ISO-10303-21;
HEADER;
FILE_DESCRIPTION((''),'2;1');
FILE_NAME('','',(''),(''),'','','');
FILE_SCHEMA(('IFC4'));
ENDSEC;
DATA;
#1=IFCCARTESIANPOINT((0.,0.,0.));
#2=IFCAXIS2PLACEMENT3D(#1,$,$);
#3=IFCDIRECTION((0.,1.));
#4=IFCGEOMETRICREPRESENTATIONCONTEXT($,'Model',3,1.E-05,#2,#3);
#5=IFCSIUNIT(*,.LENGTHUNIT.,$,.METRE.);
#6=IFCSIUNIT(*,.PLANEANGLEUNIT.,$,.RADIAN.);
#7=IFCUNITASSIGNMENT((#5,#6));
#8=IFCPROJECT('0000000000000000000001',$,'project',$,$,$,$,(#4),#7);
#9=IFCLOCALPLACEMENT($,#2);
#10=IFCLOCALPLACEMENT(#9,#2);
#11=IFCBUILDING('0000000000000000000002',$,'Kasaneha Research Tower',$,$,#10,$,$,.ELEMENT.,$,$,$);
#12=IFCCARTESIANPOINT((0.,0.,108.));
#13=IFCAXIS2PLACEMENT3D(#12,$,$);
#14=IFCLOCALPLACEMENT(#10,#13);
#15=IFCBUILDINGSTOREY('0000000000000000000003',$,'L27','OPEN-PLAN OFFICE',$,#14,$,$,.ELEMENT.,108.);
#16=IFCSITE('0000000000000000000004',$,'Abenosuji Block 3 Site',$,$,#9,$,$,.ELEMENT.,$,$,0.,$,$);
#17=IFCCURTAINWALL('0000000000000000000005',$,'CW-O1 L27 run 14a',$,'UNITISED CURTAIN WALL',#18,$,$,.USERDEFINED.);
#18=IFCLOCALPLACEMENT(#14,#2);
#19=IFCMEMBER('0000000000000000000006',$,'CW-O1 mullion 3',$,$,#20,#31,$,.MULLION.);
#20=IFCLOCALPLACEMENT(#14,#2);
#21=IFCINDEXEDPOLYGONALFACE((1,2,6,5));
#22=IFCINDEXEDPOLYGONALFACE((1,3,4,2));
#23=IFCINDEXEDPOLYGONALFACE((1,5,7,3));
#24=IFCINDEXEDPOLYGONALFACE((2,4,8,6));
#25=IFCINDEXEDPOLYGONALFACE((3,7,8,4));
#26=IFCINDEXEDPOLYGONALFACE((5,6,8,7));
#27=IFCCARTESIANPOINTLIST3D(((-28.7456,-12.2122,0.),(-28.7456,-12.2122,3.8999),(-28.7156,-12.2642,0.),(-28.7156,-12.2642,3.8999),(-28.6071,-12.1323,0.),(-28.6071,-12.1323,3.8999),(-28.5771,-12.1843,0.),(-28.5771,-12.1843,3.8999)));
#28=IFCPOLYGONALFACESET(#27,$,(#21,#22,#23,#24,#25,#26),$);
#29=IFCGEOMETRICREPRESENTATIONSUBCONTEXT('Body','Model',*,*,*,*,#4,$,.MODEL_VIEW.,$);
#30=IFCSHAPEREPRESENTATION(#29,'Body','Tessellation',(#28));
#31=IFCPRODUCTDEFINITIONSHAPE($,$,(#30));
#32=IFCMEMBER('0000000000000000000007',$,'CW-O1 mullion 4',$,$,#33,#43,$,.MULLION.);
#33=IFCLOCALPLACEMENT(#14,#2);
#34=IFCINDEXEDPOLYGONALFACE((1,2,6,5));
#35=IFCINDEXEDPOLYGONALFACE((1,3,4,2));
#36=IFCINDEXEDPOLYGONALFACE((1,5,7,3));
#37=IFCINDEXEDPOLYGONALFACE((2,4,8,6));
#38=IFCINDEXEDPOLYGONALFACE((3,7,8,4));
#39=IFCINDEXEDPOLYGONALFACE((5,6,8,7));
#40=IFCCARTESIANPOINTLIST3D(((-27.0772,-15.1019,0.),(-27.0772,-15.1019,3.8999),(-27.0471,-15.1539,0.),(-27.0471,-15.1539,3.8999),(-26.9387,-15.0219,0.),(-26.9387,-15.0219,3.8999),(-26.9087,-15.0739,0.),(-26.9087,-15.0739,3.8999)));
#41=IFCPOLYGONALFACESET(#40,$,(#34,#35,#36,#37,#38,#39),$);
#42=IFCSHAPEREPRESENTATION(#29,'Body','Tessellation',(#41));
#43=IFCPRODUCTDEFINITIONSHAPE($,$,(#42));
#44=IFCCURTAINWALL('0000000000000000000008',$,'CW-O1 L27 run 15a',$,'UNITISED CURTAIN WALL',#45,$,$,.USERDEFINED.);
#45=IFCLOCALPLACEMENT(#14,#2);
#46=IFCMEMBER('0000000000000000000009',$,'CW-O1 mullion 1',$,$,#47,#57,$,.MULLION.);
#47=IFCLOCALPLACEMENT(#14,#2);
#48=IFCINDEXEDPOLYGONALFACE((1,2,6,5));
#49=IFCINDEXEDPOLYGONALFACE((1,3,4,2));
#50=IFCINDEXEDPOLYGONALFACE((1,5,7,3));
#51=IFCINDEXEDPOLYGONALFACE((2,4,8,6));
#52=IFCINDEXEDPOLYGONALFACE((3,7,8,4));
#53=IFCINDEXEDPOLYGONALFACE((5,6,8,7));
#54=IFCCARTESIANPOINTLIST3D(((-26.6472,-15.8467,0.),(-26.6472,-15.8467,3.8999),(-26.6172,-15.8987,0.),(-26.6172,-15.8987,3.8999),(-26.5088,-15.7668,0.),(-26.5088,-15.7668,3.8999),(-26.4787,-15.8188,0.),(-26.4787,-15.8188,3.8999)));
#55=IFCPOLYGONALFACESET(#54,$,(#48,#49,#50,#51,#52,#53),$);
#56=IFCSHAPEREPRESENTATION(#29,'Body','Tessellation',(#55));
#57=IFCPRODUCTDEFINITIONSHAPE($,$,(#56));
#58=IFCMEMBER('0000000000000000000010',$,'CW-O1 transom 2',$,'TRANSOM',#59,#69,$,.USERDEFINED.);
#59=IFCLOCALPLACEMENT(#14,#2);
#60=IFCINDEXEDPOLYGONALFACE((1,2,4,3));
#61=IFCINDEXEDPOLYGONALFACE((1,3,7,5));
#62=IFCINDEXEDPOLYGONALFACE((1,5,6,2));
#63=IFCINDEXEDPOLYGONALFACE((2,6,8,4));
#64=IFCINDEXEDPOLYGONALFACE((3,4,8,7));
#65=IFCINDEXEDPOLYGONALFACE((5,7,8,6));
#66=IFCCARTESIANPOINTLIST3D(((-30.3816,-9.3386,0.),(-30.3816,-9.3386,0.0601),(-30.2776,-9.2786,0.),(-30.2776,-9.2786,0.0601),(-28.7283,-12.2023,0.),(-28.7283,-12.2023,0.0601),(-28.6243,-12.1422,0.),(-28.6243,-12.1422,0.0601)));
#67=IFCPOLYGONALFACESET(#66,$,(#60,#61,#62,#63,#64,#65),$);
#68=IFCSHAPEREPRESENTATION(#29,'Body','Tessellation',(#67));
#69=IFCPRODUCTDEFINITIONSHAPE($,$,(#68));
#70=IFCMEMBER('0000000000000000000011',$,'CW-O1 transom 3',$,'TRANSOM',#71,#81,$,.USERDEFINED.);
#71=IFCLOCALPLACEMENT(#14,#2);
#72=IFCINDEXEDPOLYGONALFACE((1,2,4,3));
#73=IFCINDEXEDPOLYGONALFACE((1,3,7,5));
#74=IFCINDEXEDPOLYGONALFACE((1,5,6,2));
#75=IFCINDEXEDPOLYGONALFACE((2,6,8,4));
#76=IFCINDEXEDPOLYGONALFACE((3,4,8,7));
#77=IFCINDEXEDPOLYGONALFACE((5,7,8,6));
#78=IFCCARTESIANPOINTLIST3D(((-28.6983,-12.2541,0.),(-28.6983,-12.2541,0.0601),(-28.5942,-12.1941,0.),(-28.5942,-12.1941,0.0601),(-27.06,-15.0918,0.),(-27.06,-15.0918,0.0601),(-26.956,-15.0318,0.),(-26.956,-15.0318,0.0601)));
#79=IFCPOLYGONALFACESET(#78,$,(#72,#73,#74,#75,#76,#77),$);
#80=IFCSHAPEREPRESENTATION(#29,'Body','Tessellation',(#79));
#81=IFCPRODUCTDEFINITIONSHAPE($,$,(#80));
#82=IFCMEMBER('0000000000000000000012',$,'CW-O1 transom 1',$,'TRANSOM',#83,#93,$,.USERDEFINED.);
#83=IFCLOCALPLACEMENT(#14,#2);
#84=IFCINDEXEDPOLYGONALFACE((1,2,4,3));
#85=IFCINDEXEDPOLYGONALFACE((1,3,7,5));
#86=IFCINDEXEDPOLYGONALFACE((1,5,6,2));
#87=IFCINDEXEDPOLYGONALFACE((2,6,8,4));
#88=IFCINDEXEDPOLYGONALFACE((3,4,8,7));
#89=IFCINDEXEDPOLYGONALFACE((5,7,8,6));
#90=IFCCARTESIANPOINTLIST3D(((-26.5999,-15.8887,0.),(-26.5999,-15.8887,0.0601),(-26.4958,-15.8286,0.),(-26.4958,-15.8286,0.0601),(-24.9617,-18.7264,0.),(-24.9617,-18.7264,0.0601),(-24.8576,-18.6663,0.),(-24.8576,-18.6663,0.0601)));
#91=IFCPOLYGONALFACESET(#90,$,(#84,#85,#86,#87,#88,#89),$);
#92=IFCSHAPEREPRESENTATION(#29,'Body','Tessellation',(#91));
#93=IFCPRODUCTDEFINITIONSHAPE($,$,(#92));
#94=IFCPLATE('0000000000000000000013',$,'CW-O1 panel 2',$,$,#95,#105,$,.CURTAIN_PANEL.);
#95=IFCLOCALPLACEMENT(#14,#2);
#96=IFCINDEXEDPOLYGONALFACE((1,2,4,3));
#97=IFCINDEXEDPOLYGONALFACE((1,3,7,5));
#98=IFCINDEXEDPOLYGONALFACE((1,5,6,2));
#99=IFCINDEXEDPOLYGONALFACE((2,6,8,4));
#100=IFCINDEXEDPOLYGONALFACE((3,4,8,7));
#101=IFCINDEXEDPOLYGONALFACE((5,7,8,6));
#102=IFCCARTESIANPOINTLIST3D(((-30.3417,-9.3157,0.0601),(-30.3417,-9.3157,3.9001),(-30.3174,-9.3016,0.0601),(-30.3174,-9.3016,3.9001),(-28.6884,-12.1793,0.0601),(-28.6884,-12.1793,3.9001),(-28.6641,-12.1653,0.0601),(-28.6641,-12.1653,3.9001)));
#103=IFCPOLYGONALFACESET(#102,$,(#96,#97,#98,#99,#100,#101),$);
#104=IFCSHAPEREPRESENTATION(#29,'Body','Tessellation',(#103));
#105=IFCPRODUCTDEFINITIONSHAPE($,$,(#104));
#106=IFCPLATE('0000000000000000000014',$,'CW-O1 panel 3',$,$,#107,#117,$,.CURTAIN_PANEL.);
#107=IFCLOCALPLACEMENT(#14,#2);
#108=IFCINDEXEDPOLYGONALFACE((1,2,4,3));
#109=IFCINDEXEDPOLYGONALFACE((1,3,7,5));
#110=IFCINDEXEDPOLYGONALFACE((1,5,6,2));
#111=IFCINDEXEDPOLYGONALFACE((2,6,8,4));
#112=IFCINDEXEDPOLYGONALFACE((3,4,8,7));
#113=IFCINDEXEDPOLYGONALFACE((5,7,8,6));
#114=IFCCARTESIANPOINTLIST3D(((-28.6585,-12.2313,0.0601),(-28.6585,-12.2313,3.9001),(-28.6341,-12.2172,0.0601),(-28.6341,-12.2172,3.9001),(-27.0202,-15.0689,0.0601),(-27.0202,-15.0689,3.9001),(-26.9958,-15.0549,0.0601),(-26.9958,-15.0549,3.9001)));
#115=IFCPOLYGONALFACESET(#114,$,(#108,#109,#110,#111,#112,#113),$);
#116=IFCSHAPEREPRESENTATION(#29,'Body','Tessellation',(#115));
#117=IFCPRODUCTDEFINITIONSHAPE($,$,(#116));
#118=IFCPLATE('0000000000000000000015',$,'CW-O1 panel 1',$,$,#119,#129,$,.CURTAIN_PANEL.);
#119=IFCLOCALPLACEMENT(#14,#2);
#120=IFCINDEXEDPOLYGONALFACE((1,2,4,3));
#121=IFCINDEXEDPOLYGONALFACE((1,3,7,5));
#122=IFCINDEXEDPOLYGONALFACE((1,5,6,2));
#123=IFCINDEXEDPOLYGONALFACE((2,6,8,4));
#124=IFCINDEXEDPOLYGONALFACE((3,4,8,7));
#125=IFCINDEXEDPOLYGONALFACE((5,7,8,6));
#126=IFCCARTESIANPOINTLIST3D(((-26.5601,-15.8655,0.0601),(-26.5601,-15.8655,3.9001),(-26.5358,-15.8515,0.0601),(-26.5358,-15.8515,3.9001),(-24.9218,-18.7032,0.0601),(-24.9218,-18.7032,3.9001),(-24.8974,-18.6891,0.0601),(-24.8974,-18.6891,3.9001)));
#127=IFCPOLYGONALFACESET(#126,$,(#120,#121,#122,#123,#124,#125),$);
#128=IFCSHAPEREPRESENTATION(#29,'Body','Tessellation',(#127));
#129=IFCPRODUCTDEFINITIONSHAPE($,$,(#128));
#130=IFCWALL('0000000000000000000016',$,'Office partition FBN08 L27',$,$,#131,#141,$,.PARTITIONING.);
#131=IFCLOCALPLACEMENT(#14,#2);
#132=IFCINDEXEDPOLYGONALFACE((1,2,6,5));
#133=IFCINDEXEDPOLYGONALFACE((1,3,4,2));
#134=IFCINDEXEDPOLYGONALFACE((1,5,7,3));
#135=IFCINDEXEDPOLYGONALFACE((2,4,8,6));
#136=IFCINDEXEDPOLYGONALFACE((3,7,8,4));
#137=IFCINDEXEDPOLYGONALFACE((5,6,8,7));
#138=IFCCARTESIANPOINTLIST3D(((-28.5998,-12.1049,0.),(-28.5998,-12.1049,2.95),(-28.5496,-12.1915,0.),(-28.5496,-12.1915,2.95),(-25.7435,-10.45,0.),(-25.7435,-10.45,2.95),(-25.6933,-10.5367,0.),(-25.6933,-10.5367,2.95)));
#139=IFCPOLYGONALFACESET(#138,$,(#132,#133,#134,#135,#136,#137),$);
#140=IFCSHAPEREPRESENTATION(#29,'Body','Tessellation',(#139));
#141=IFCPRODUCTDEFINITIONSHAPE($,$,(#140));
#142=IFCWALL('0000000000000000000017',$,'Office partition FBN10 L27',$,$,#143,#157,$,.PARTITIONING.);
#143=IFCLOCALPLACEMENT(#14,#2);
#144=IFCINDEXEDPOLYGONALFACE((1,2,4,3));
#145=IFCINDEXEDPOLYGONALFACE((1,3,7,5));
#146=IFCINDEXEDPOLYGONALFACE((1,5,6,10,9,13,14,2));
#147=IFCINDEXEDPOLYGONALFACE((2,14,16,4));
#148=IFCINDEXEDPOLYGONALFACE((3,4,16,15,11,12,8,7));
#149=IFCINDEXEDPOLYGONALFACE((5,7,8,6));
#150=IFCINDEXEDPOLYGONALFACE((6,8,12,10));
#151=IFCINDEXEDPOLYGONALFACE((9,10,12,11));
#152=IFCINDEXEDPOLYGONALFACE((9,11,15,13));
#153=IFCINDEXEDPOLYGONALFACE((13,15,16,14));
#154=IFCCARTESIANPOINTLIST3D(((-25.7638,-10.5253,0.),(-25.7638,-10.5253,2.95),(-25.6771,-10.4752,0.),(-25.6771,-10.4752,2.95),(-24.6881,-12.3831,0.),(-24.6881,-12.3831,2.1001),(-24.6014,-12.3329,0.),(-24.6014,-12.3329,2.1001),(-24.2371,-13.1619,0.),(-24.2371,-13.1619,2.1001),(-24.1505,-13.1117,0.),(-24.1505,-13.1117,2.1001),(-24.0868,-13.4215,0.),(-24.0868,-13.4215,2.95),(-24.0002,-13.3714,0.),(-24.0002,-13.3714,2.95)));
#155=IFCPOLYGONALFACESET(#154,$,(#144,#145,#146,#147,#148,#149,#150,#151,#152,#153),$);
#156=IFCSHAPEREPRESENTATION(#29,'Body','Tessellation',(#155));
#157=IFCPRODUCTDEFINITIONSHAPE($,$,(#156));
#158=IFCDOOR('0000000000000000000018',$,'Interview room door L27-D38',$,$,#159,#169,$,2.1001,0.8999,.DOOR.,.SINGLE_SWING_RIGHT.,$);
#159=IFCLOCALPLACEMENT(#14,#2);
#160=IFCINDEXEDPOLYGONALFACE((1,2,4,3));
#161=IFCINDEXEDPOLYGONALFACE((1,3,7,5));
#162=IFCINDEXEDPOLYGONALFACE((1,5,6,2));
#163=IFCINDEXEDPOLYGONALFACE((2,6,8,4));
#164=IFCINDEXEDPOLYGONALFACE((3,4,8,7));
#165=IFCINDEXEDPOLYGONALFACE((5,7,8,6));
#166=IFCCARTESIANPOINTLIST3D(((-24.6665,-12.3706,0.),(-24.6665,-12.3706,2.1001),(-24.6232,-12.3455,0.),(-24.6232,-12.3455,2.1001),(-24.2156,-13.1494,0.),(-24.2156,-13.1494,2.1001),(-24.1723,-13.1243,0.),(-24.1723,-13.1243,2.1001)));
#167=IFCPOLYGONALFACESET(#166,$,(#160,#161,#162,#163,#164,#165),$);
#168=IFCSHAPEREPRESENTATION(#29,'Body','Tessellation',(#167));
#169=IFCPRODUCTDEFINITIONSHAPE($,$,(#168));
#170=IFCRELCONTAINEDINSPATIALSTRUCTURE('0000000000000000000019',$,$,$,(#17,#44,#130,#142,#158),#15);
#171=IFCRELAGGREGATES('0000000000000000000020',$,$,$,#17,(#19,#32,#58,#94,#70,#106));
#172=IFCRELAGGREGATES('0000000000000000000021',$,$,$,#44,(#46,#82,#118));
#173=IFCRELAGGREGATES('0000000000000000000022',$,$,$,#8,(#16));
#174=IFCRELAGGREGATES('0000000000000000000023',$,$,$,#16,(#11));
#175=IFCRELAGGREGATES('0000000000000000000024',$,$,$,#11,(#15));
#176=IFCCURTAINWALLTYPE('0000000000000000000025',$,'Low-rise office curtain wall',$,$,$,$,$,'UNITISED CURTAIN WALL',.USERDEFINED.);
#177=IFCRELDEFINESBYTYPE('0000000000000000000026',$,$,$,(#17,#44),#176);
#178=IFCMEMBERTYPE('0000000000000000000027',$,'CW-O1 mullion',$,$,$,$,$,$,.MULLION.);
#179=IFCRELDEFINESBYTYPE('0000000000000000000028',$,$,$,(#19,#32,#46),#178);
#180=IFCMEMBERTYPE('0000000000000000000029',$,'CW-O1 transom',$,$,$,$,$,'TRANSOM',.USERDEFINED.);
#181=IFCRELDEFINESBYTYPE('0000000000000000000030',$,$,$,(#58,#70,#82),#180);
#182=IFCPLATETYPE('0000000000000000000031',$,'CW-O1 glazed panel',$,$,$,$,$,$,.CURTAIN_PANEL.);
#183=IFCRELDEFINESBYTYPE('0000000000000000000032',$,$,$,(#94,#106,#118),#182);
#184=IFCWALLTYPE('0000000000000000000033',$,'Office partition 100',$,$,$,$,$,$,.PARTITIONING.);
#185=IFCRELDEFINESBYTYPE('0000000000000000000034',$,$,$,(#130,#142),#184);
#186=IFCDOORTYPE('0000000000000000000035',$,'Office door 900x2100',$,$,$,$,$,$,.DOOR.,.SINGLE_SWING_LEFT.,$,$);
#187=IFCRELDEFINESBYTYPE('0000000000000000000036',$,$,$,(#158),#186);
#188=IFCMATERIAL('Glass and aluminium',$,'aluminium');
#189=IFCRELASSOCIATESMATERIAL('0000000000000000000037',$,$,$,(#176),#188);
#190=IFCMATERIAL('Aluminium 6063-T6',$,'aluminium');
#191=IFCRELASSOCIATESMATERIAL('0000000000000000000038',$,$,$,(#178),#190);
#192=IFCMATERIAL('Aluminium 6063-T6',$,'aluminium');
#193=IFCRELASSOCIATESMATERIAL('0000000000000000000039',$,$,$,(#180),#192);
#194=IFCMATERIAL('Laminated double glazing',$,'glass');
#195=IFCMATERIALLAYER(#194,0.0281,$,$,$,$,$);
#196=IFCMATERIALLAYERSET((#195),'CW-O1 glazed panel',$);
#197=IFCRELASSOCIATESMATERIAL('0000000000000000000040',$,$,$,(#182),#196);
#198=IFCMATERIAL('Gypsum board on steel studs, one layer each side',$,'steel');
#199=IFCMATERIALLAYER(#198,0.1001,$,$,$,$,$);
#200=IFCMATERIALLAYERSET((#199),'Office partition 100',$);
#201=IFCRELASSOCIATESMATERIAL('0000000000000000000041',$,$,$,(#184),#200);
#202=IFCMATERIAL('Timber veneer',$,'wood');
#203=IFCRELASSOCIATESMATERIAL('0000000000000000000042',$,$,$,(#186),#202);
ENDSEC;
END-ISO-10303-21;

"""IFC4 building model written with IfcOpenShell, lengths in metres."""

from ifc_helpers import new_model, si_unit, direction, frame, frame_2d, origin, origin_2d, place, context, subcontext, project, spatial, rectangle, extrude, material, layer, layer_set, material_profile, profile_set, type_object, element, fill, aggregate, save


model = new_model("IFC4")

# Units and contexts
model_context = context("Model", 3, precision=1e-05, world=origin(), true_north=direction((0.0, 1.0)))
body_context = subcontext(model_context, "Body", "Model", "MODEL_VIEW")
ifc_project = project(units=[si_unit("LENGTHUNIT", "METRE"), si_unit("PLANEANGLEUNIT", "RADIAN")], contexts=[model_context])

# Site, building, storey
site_placement = place(None, origin())
site = spatial("IfcSite", under=ifc_project, at=site_placement, Name="Abenosuji Block 3 Site", CompositionType="ELEMENT", RefElevation=0.0)
building_placement = place(site_placement, origin())
building = spatial("IfcBuilding", under=site, at=building_placement, Name="Kasaneha Research Tower", CompositionType="ELEMENT")
storey_placement = place(building_placement, frame((0.0, 0.0, 108.0)))
storey = spatial("IfcBuildingStorey", under=building, at=storey_placement, Name="L27", Description="OPEN-PLAN OFFICE", CompositionType="ELEMENT", Elevation=108.0)

# Curtain wall, members
ifc_material_1 = material(Name="Glass and aluminium", Category="aluminium")
curtain_wall_type = type_object("IfcCurtainWallType", Name="Low-rise office curtain wall", ElementType="UNITISED CURTAIN WALL", PredefinedType="USERDEFINED", material=ifc_material_1)
curtain_wall_1_placement = place(storey_placement, origin())
curtain_wall_1 = element("IfcCurtainWall", 1, at=curtain_wall_1_placement, inside=storey, type_object=curtain_wall_type, Name="CW-O1 L27 run 14a", ObjectType="UNITISED CURTAIN WALL", PredefinedType="USERDEFINED")
ifc_material_2 = material(Name="Aluminium 6063-T6", Category="aluminium")
ifc_material_profile_1 = material_profile(ifc_material_2, rectangle(XDim=0.0601, YDim=0.1599, at=origin_2d()), Name="CW-O1 mullion 60x160")
ifc_profile_set_1 = profile_set([ifc_material_profile_1], Name="Aluminium 6063-T6")
member_type_1 = type_object("IfcMemberType", Name="CW-O1 mullion", PredefinedType="MULLION", material=ifc_profile_set_1)
member_1_placement = place(storey_placement, frame((-28.6614, -12.1982, 0.0), z_axis=(0.0, 0.0, 1.0), x_axis=(0.5, -0.866025, 0.0)))
member_1 = element("IfcMember", 2, at=member_1_placement, type_object=member_type_1, Name="CW-O1 mullion 3", PredefinedType="MULLION", context=body_context, shape_type="SweptSolid", body=[
    extrude(rectangle(XDim=0.0601, YDim=0.1599, at=origin_2d()), origin(), (0.0, 0.0, 1.0), 3.8999),
])
member_2_placement = place(storey_placement, frame((-26.9929, -15.0879, 0.0), z_axis=(0.0, 0.0, 1.0), x_axis=(0.5, -0.866025, 0.0)))
member_2 = element("IfcMember", 3, at=member_2_placement, type_object=member_type_1, Name="CW-O1 mullion 4", PredefinedType="MULLION", context=body_context, shape_type="SweptSolid", body=[
    extrude(rectangle(XDim=0.0601, YDim=0.1599, at=origin_2d()), origin(), (0.0, 0.0, 1.0), 3.8999),
])

# Curtain wall, member
curtain_wall_2_placement = place(storey_placement, origin())
curtain_wall_2 = element("IfcCurtainWall", 4, at=curtain_wall_2_placement, inside=storey, type_object=curtain_wall_type, Name="CW-O1 L27 run 15a", ObjectType="UNITISED CURTAIN WALL", PredefinedType="USERDEFINED")
member_3_placement = place(storey_placement, frame((-26.563, -15.8328, 0.0), z_axis=(0.0, 0.0, 1.0), x_axis=(0.5, -0.866025, 0.0)))
member_3 = element("IfcMember", 5, at=member_3_placement, type_object=member_type_1, Name="CW-O1 mullion 1", PredefinedType="MULLION", context=body_context, shape_type="SweptSolid", body=[
    extrude(rectangle(XDim=0.0601, YDim=0.1599, at=origin_2d()), origin(), (0.0, 0.0, 1.0), 3.8999),
])

# Members
ifc_material_3 = material(Name="Aluminium 6063-T6", Category="aluminium")
ifc_material_profile_2 = material_profile(ifc_material_3, rectangle(XDim=0.1201, YDim=0.0601, at=origin_2d()), Name="CW-O1 transom 120x60")
ifc_profile_set_2 = profile_set([ifc_material_profile_2], Name="Aluminium 6063-T6")
member_type_2 = type_object("IfcMemberType", Name="CW-O1 transom", ElementType="TRANSOM", PredefinedType="USERDEFINED", material=ifc_profile_set_2)
member_4_placement = place(storey_placement, frame((-30.3296, -9.3086, 0.03), z_axis=(0.499982, -0.866036, 0.0), x_axis=(0.866036, 0.499982, 0.0)))
member_4 = element("IfcMember", 6, at=member_4_placement, type_object=member_type_2, Name="CW-O1 transom 2", ObjectType="TRANSOM", PredefinedType="USERDEFINED", context=body_context, shape_type="SweptSolid", body=[
    extrude(rectangle(XDim=0.1201, YDim=0.0601, at=origin_2d()), origin(), (0.0, 0.0, 1.0), 3.3066),
])
member_5_placement = place(storey_placement, frame((-28.6462, -12.2241, 0.03), z_axis=(0.49997, -0.866043, 0.0), x_axis=(0.866043, 0.49997, 0.0)))
member_5 = element("IfcMember", 7, at=member_5_placement, type_object=member_type_2, Name="CW-O1 transom 3", ObjectType="TRANSOM", PredefinedType="USERDEFINED", context=body_context, shape_type="SweptSolid", body=[
    extrude(rectangle(XDim=0.1201, YDim=0.0601, at=origin_2d()), origin(), (0.0, 0.0, 1.0), 3.2766),
])
member_6_placement = place(storey_placement, frame((-26.5479, -15.8586, 0.03), z_axis=(0.49997, -0.866043, 0.0), x_axis=(0.866043, 0.49997, 0.0)))
member_6 = element("IfcMember", 8, at=member_6_placement, type_object=member_type_2, Name="CW-O1 transom 1", ObjectType="TRANSOM", PredefinedType="USERDEFINED", context=body_context, shape_type="SweptSolid", body=[
    extrude(rectangle(XDim=0.1201, YDim=0.0601, at=origin_2d()), origin(), (0.0, 0.0, 1.0), 3.2766),
])

# Plates
ifc_material_4 = material(Name="Laminated double glazing", Category="glass")
ifc_layer_1 = layer(ifc_material_4, 0.0281)
ifc_layer_set_1 = layer_set([ifc_layer_1], Name="CW-O1 glazed panel")
plate_type = type_object("IfcPlateType", Name="CW-O1 glazed panel", PredefinedType="CURTAIN_PANEL", material=ifc_layer_set_1)
plate_1_placement = place(storey_placement, frame((-29.5029, -10.7405, 0.0601), z_axis=(0.0, 0.0, 1.0), x_axis=(0.5, -0.866025, 0.0)))
plate_1 = element("IfcPlate", 9, at=plate_1_placement, type_object=plate_type, Name="CW-O1 panel 2", PredefinedType="CURTAIN_PANEL", context=body_context, shape_type="SweptSolid", body=[
    extrude(rectangle(XDim=3.3066, YDim=0.0281, at=origin_2d()), origin(), (0.0, 0.0, 1.0), 3.8401),
])
plate_2_placement = place(storey_placement, frame((-27.8271, -13.6431, 0.0601), z_axis=(0.0, 0.0, 1.0), x_axis=(0.5, -0.866025, 0.0)))
plate_2 = element("IfcPlate", 10, at=plate_2_placement, type_object=plate_type, Name="CW-O1 panel 3", PredefinedType="CURTAIN_PANEL", context=body_context, shape_type="SweptSolid", body=[
    extrude(rectangle(XDim=3.2766, YDim=0.0281, at=origin_2d()), origin(), (0.0, 0.0, 1.0), 3.8401),
])
aggregate(curtain_wall_1, [member_1, member_2, member_4, plate_1, member_5, plate_2])
plate_3_placement = place(storey_placement, frame((-25.7288, -17.2773, 0.0601), z_axis=(0.0, 0.0, 1.0), x_axis=(0.5, -0.866025, 0.0)))
plate_3 = element("IfcPlate", 11, at=plate_3_placement, type_object=plate_type, Name="CW-O1 panel 1", PredefinedType="CURTAIN_PANEL", context=body_context, shape_type="SweptSolid", body=[
    extrude(rectangle(XDim=3.2766, YDim=0.0281, at=origin_2d()), origin(), (0.0, 0.0, 1.0), 3.8401),
])
aggregate(curtain_wall_2, [member_3, member_6, plate_3])

# Wall
ifc_material_5 = material(Name="Gypsum board on steel studs, one layer each side", Category="steel")
ifc_layer_2 = layer(ifc_material_5, 0.1001)
ifc_layer_set_2 = layer_set([ifc_layer_2], Name="Office partition 100")
wall_type = type_object("IfcWallType", Name="Office partition 100", PredefinedType="PARTITIONING", material=ifc_layer_set_2)
wall_1_placement = place(storey_placement, frame((-25.7185, -10.4934, 0.0), z_axis=(0.0, 0.0, 1.0), x_axis=(-0.865269, -0.501307, 0.0)))
element("IfcWall", 12, at=wall_1_placement, inside=storey, type_object=wall_type, Name="Office partition FBN08 L27", PredefinedType="PARTITIONING", context=body_context, shape_type="SweptSolid", body=[
    extrude(rectangle(XDim=3.301, YDim=0.1001, at=frame_2d((1.6504, 0.0))), origin(), (0.0, 0.0, 1.0), 2.95),
])

# Wall, opening, door
wall_2_placement = place(storey_placement, frame((-25.7205, -10.5002, 0.0), z_axis=(0.0, 0.0, 1.0), x_axis=(0.501088, -0.865396, 0.0)))
wall_2 = element("IfcWall", 13, at=wall_2_placement, inside=storey, type_object=wall_type, Name="Office partition FBN10 L27", PredefinedType="PARTITIONING", context=body_context, shape_type="SweptSolid", body=[
    extrude(rectangle(XDim=3.3467, YDim=0.1001, at=frame_2d((1.6733, 0.0))), origin(), (0.0, 0.0, 1.0), 2.95),
])
opening_1_placement = place(wall_2_placement, frame((2.1467, 0.0, 0.0)))
opening_1 = element("IfcOpeningElement", 14, at=opening_1_placement, cuts=wall_2, PredefinedType="OPENING", context=body_context, shape_type="SweptSolid", body=[
    extrude(rectangle(XDim=0.8999, YDim=2.1001, at=frame_2d((0.45, 1.05))), frame((0.0, 0.0601, 0.0), z_axis=(0.0, -1.0, 0.0), x_axis=(1.0, 0.0, 0.0)), (0.0, 0.0, 1.0), 0.1201),
])
ifc_material_6 = material(Name="Timber veneer", Category="wood")
door_type = type_object("IfcDoorType", Name="Office door 900x2100", OperationType="SINGLE_SWING_LEFT", PredefinedType="DOOR", material=ifc_material_6)
door_1_placement = place(opening_1_placement, origin())
door_1 = element("IfcDoor", 15, at=door_1_placement, inside=storey, type_object=door_type, Name="Interview room door L27-D38", OperationType="SINGLE_SWING_RIGHT", OverallHeight=2.1001, OverallWidth=0.8999, PredefinedType="DOOR", context=body_context, shape_type="SweptSolid", body=[
    extrude(rectangle(XDim=0.8999, YDim=2.1001, at=frame_2d((0.45, 1.05))), frame((0.0, 0.0249, 0.0), z_axis=(0.0, -1.0, 0.0), x_axis=(1.0, 0.0, 0.0)), (0.0, 0.0, 1.0), 0.05),
])
fill(opening_1, door_1)

save(model, "model.ifc")
